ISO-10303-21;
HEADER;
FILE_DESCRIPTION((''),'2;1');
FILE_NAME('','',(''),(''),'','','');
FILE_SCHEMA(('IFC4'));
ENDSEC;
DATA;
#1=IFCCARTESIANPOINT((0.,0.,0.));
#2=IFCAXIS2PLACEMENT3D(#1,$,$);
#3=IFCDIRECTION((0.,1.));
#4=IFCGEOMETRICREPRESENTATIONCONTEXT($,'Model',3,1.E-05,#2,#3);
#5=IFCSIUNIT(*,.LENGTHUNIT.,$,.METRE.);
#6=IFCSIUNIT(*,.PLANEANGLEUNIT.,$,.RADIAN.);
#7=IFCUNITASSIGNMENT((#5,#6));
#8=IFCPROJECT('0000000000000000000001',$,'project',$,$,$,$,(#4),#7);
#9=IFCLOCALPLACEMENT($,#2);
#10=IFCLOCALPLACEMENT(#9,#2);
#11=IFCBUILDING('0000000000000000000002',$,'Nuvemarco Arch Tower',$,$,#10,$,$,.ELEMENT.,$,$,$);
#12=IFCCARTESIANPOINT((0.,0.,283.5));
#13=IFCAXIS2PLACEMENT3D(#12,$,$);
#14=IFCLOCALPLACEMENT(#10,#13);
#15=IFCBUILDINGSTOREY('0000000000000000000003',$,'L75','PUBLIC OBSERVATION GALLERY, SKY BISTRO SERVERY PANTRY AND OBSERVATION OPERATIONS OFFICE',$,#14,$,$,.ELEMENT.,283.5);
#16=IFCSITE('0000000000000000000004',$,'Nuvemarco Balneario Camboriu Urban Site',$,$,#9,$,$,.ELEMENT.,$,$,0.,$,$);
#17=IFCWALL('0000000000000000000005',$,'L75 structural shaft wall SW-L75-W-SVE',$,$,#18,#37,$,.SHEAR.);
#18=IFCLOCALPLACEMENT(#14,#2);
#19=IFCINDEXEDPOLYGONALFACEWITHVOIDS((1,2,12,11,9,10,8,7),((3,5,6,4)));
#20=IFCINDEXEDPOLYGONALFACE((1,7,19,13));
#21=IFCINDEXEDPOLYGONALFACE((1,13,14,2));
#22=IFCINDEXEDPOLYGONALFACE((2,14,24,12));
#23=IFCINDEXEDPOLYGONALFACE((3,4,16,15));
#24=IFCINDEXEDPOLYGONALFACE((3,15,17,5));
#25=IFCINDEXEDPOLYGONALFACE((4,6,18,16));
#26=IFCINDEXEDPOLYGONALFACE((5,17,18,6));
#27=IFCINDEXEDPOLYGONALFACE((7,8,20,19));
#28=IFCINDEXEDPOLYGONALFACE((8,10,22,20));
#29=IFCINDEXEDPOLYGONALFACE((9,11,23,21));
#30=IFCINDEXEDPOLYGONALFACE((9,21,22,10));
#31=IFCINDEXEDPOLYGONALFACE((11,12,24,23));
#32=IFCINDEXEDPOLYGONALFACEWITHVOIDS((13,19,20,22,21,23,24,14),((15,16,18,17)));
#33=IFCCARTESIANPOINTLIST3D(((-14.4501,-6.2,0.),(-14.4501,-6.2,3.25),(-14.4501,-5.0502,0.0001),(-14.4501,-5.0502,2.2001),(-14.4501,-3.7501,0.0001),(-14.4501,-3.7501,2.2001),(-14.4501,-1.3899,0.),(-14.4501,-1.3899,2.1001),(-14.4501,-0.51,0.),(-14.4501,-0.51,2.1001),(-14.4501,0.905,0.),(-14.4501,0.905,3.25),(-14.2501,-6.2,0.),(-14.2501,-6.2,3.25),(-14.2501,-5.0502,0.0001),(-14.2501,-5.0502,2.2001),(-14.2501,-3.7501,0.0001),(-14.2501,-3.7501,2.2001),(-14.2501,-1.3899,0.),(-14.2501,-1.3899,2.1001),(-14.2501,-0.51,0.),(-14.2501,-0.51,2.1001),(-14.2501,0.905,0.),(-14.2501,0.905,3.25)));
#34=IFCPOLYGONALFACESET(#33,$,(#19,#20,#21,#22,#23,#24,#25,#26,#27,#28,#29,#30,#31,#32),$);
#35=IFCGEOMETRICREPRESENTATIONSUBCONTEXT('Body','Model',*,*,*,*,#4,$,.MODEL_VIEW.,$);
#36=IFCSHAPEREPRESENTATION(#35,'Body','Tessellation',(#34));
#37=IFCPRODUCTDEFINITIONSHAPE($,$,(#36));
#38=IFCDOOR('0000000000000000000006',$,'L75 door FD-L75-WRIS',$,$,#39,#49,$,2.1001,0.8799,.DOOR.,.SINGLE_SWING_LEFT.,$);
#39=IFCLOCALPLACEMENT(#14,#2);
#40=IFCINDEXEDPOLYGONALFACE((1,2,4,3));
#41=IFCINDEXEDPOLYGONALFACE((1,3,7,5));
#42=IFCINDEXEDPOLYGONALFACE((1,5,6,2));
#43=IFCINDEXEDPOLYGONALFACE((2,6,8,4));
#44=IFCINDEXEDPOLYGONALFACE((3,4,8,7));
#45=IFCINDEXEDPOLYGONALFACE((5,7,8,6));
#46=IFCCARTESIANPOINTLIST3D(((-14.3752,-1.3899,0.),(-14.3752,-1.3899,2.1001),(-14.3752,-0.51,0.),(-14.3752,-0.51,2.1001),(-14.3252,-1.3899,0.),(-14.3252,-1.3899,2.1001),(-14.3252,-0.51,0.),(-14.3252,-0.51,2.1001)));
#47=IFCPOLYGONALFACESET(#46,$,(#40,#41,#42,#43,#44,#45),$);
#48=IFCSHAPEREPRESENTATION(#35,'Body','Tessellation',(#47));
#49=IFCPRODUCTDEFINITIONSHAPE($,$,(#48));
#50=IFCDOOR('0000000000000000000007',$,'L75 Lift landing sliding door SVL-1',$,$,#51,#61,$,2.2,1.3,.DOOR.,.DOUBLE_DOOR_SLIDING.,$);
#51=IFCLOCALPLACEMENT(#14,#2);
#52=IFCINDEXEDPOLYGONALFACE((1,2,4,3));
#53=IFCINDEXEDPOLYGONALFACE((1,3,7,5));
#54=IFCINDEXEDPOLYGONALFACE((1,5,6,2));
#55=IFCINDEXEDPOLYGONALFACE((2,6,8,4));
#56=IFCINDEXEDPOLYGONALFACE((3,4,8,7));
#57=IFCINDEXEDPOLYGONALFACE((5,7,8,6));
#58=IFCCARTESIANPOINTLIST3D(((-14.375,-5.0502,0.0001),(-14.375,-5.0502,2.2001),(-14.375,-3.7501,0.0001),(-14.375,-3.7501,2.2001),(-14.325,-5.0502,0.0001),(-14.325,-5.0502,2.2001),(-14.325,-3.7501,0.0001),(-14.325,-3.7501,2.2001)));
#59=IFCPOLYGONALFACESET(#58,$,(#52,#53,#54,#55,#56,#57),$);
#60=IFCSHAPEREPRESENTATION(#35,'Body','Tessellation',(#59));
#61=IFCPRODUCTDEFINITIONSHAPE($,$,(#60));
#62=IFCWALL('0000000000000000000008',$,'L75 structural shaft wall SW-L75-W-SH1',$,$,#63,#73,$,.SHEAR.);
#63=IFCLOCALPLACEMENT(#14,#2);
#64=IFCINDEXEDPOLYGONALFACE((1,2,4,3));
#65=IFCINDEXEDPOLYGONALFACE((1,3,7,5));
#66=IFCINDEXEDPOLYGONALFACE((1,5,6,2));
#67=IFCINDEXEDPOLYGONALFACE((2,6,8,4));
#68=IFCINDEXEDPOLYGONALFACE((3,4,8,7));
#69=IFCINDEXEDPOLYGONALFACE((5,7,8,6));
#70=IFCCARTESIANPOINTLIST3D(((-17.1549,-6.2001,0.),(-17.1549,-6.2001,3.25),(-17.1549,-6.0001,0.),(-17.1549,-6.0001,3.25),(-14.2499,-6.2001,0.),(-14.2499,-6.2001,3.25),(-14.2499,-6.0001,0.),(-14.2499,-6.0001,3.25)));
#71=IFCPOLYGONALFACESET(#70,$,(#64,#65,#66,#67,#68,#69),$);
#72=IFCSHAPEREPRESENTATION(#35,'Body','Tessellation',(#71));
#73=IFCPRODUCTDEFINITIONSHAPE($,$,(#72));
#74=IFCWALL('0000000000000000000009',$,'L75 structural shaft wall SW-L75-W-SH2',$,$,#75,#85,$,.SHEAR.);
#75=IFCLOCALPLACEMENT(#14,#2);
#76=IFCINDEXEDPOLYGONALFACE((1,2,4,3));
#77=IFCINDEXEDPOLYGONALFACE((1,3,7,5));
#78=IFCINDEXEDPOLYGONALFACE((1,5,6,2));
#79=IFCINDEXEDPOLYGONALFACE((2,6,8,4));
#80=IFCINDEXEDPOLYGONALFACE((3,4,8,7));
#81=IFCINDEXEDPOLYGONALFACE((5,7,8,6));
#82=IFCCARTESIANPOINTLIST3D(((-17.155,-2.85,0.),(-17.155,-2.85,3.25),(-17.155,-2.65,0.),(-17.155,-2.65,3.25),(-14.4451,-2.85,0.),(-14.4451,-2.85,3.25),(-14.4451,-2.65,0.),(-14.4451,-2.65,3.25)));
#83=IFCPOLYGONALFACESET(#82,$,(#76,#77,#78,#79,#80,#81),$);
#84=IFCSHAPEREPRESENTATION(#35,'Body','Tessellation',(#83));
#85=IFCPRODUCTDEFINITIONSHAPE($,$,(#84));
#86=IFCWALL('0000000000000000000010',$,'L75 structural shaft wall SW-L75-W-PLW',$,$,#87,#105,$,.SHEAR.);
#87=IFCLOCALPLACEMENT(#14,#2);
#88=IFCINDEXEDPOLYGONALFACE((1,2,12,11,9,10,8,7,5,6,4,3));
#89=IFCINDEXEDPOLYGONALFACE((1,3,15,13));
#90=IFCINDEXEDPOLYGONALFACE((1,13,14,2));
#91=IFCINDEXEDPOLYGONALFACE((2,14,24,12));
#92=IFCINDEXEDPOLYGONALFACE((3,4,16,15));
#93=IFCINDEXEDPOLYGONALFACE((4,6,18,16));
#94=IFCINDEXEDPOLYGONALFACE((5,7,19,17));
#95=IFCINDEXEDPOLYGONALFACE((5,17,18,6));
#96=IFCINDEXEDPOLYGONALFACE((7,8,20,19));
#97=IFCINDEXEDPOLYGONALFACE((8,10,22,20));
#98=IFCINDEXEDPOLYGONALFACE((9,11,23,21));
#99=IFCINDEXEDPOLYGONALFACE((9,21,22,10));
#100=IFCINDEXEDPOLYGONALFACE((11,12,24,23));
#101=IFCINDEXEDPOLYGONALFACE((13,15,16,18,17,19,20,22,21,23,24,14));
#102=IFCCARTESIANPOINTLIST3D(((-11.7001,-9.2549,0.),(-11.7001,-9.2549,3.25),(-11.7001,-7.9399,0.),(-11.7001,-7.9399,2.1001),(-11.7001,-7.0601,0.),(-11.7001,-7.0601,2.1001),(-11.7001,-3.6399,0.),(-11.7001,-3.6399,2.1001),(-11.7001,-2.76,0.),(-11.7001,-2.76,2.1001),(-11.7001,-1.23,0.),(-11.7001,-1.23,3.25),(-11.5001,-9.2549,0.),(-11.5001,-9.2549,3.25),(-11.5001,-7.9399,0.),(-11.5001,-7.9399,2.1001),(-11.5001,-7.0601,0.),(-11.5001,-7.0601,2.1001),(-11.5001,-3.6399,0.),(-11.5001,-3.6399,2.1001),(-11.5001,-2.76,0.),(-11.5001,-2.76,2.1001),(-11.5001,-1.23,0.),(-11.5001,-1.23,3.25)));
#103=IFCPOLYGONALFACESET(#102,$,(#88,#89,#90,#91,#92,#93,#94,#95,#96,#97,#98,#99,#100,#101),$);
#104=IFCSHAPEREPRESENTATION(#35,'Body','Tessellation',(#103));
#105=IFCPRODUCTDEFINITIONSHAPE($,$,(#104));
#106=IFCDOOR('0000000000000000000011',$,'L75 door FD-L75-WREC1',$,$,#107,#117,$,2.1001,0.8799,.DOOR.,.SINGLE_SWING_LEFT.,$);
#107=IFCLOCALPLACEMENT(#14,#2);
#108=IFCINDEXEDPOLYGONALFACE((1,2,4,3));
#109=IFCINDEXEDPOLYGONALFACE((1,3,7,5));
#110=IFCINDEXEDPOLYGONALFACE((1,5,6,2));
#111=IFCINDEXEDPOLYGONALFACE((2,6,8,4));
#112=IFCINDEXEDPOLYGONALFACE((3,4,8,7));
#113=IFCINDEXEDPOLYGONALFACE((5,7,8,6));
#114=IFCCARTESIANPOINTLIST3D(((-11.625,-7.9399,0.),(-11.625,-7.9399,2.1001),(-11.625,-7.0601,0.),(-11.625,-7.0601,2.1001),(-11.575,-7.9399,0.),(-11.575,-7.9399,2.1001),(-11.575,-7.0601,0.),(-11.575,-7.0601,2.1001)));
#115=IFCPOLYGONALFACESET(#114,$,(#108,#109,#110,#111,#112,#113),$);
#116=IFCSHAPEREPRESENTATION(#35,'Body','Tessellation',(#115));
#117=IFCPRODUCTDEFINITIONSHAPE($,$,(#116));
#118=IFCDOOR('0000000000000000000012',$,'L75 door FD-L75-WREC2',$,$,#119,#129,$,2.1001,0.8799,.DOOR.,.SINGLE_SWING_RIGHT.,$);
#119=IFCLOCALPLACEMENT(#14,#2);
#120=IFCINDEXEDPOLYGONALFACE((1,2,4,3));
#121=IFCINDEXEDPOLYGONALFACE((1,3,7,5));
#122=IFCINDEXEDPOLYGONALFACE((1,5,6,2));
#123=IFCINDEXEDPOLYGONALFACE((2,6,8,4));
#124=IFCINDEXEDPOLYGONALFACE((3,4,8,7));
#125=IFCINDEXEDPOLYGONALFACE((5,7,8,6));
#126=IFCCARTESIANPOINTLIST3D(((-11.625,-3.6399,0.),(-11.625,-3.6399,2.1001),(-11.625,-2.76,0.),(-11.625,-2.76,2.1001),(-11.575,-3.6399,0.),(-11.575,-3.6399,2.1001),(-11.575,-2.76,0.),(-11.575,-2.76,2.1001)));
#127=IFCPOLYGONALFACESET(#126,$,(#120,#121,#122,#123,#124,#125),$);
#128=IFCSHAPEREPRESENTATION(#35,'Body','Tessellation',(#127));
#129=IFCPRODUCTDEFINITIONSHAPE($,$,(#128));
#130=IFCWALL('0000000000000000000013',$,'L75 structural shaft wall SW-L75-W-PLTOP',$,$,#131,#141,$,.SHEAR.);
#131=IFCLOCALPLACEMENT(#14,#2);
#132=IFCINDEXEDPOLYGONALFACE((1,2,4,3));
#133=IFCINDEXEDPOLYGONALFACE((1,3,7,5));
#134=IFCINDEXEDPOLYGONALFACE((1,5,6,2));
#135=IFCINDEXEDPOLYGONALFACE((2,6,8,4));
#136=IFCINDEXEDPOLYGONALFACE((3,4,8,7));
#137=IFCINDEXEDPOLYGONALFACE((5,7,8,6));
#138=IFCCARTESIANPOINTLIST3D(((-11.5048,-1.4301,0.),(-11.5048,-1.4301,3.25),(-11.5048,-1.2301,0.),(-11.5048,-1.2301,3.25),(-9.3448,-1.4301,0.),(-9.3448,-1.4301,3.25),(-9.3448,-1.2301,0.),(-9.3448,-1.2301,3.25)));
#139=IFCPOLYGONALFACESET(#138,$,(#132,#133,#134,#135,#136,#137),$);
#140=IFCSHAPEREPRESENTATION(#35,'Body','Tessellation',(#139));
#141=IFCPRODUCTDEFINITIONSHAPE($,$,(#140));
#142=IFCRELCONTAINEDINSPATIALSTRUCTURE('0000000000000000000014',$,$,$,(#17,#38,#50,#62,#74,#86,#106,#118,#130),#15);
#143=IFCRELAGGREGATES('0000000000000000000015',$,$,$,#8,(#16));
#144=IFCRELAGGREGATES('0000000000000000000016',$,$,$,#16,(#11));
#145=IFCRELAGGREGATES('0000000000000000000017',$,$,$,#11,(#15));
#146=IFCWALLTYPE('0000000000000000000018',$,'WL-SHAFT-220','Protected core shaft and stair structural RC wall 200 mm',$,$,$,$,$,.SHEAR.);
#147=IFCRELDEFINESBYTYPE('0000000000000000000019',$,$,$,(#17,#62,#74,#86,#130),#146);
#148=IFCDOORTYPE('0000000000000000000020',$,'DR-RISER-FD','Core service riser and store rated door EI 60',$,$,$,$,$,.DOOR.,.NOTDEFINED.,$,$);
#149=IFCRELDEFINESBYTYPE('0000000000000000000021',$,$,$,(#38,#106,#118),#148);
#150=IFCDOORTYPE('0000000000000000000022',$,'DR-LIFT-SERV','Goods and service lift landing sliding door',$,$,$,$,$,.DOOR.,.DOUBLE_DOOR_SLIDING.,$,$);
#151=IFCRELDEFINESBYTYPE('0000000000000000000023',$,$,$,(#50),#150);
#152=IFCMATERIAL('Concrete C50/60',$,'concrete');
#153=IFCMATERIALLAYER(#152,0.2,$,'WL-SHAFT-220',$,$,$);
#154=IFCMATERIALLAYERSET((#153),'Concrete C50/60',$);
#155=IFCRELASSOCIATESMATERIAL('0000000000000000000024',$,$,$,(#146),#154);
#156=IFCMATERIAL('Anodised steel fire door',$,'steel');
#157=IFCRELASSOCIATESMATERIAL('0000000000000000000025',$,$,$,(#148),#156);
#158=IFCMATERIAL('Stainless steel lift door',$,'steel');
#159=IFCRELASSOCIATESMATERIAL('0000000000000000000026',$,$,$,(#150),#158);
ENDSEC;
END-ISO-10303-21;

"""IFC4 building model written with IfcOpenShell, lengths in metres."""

from ifc_helpers import new_model, si_unit, direction, frame, frame_2d, origin, place, context, subcontext, project, spatial, rectangle, extrude, source, transform, mapped, material, layer, layer_set, type_object, type_shapes, element, fill, save


model = new_model("IFC4")

# Units and contexts
model_context = context("Model", 3, precision=1e-05, world=origin(), true_north=direction((0.0, 1.0)))
body_context = subcontext(model_context, "Body", "Model", "MODEL_VIEW")
ifc_project = project(units=[si_unit("LENGTHUNIT", "METRE"), si_unit("PLANEANGLEUNIT", "RADIAN")], contexts=[model_context])

# Site, building, storey
site_placement = place(None, origin())
site = spatial("IfcSite", under=ifc_project, at=site_placement, Name="Nuvemarco Balneario Camboriu Urban Site", CompositionType="ELEMENT", RefElevation=0.0)
building_placement = place(site_placement, origin())
building = spatial("IfcBuilding", under=site, at=building_placement, Name="Nuvemarco Arch Tower", CompositionType="ELEMENT")
storey_placement = place(building_placement, frame((0.0, 0.0, 283.5)))
storey = spatial("IfcBuildingStorey", under=building, at=storey_placement, Name="L75", Description="PUBLIC OBSERVATION GALLERY, SKY BISTRO SERVERY PANTRY AND OBSERVATION OPERATIONS OFFICE", CompositionType="ELEMENT", Elevation=283.5)

# Shared definitions
ifc_material_1 = material(Name="Concrete C50/60", Category="concrete")

# Shared definitions
ifc_material_2 = material(Name="Anodised steel fire door", Category="steel")

# Shared definitions
ifc_layer_1 = layer(ifc_material_1, 0.2, Name="WL-SHAFT-220")
ifc_layer_set_1 = layer_set([ifc_layer_1], Name="Concrete C50/60")
wall_type_1 = type_object("IfcWallType", Name="WL-SHAFT-220", Description="Protected core shaft and stair structural RC wall 200 mm", PredefinedType="SHEAR", material=ifc_layer_set_1)
ifc_material_3 = material(Name="Stainless steel lift door", Category="steel")

# Wall, openings, doors
wall_1_placement = place(storey_placement, frame((-14.3501, -6.2, 0.0), z_axis=(0.0, 0.0, 1.0), x_axis=(0.0, 1.0, 0.0)))
wall_1 = element("IfcWall", 1, at=wall_1_placement, inside=storey, type_object=wall_type_1, Name="L75 structural shaft wall SW-L75-W-SVE", PredefinedType="SHEAR", context=body_context, shape_type="SweptSolid", body=[
    extrude(rectangle(XDim=7.105, YDim=0.2, at=frame_2d((3.5525, 0.0))), origin(), (0.0, 0.0, 1.0), 3.25),
])
opening_1_placement = place(wall_1_placement, frame((5.6899, 0.0, 0.0), z_axis=(0.0, 0.0, 1.0), x_axis=(-1.0, 0.0, 0.0)))
opening_1 = element("IfcOpeningElement", 2, at=opening_1_placement, cuts=wall_1, PredefinedType="OPENING", context=body_context, shape_type="SweptSolid", body=[
    extrude(rectangle(XDim=0.8799, YDim=2.1001, at=frame_2d((0.4399, 1.05))), frame((0.0, 0.1099, 0.0), z_axis=(0.0, -1.0, 0.0), x_axis=(1.0, 0.0, 0.0)), (0.0, 0.0, 1.0), 0.22),
])
opening_2_placement = place(wall_1_placement, frame((1.1499, 0.0, 0.0)))
opening_2 = element("IfcOpeningElement", 3, at=opening_2_placement, cuts=wall_1, PredefinedType="OPENING", context=body_context, shape_type="SweptSolid", body=[
    extrude(rectangle(XDim=1.3, YDim=2.2, at=frame_2d((0.6499, 1.1001))), frame((0.0, 0.1099, 0.0), z_axis=(0.0, -1.0, 0.0), x_axis=(1.0, 0.0, 0.0)), (0.0, 0.0, 1.0), 0.22),
])
door_type_1 = type_object("IfcDoorType", Name="DR-RISER-FD", Description="Core service riser and store rated door EI 60", OperationType="NOTDEFINED", PredefinedType="DOOR", material=ifc_material_2)
shared_shape_1 = source(origin(), body_context, "Body", "SweptSolid", [
    extrude(rectangle(XDim=0.8799, YDim=2.1001, at=frame_2d((0.4399, 1.05))), frame((0.0, 0.0249, 0.0), z_axis=(0.0, -1.0, 0.0), x_axis=(1.0, 0.0, 0.0)), (0.0, 0.0, 1.0), 0.05),
])
type_shapes(door_type_1, [shared_shape_1])
door_1_placement = place(opening_1_placement, origin())
door_1 = element("IfcDoor", 4, at=door_1_placement, inside=storey, type_object=door_type_1, Name="L75 door FD-L75-WRIS", OperationType="SINGLE_SWING_LEFT", OverallHeight=2.1001, OverallWidth=0.8799, PredefinedType="DOOR", context=body_context, shape_type="MappedRepresentation", body=[
    mapped(shared_shape_1, transform((0.0, 0.0, 0.0), scale=1.0)),
])
fill(opening_1, door_1)
door_type_2 = type_object("IfcDoorType", Name="DR-LIFT-SERV", Description="Goods and service lift landing sliding door", OperationType="DOUBLE_DOOR_SLIDING", PredefinedType="DOOR", material=ifc_material_3)
shared_shape_2 = source(origin(), body_context, "Body", "SweptSolid", [
    extrude(rectangle(XDim=1.3, YDim=2.2, at=frame_2d((0.6499, 1.1001))), frame((0.0, 0.0249, 0.0), z_axis=(0.0, -1.0, 0.0), x_axis=(1.0, 0.0, 0.0)), (0.0, 0.0, 1.0), 0.05),
])
type_shapes(door_type_2, [shared_shape_2])
door_2_placement = place(opening_2_placement, origin())
door_2 = element("IfcDoor", 5, at=door_2_placement, inside=storey, type_object=door_type_2, Name="L75 Lift landing sliding door SVL-1", OperationType="DOUBLE_DOOR_SLIDING", OverallHeight=2.2, OverallWidth=1.3, PredefinedType="DOOR", context=body_context, shape_type="MappedRepresentation", body=[
    mapped(shared_shape_2, transform((0.0, 0.0, 0.0), scale=1.0)),
])
fill(opening_2, door_2)

# Walls
wall_2_placement = place(storey_placement, frame((-17.155, -6.1001, 0.0), z_axis=(0.0, 0.0, 1.0), x_axis=(1.0, 0.0, 0.0)))
element("IfcWall", 6, at=wall_2_placement, inside=storey, type_object=wall_type_1, Name="L75 structural shaft wall SW-L75-W-SH1", PredefinedType="SHEAR", context=body_context, shape_type="SweptSolid", body=[
    extrude(rectangle(XDim=2.905, YDim=0.2, at=frame_2d((1.4526, 0.0))), origin(), (0.0, 0.0, 1.0), 3.25),
])
wall_3_placement = place(storey_placement, frame((-17.155, -2.75, 0.0), z_axis=(0.0, 0.0, 1.0), x_axis=(1.0, 0.0, 0.0)))
element("IfcWall", 7, at=wall_3_placement, inside=storey, type_object=wall_type_1, Name="L75 structural shaft wall SW-L75-W-SH2", PredefinedType="SHEAR", context=body_context, shape_type="SweptSolid", body=[
    extrude(rectangle(XDim=2.71, YDim=0.2, at=frame_2d((1.355, 0.0))), origin(), (0.0, 0.0, 1.0), 3.25),
])

# Wall, openings, doors
wall_4_placement = place(storey_placement, frame((-11.6001, -9.2549, 0.0), z_axis=(0.0, 0.0, 1.0), x_axis=(0.0, 1.0, 0.0)))
wall_4 = element("IfcWall", 8, at=wall_4_placement, inside=storey, type_object=wall_type_1, Name="L75 structural shaft wall SW-L75-W-PLW", PredefinedType="SHEAR", context=body_context, shape_type="SweptSolid", body=[
    extrude(rectangle(XDim=8.0249, YDim=0.2, at=frame_2d((4.0125, 0.0))), origin(), (0.0, 0.0, 1.0), 3.25),
])
opening_3_placement = place(wall_4_placement, frame((1.3149, 0.0, 0.0)))
opening_3 = element("IfcOpeningElement", 9, at=opening_3_placement, cuts=wall_4, PredefinedType="OPENING", context=body_context, shape_type="SweptSolid", body=[
    extrude(rectangle(XDim=0.8799, YDim=2.1001, at=frame_2d((0.4399, 1.05))), frame((0.0, 0.1099, 0.0), z_axis=(0.0, -1.0, 0.0), x_axis=(1.0, 0.0, 0.0)), (0.0, 0.0, 1.0), 0.22),
])
opening_4_placement = place(wall_4_placement, frame((5.615, 0.0, 0.0)))
opening_4 = element("IfcOpeningElement", 10, at=opening_4_placement, cuts=wall_4, PredefinedType="OPENING", context=body_context, shape_type="SweptSolid", body=[
    extrude(rectangle(XDim=0.8799, YDim=2.1001, at=frame_2d((0.4399, 1.05))), frame((0.0, 0.1099, 0.0), z_axis=(0.0, -1.0, 0.0), x_axis=(1.0, 0.0, 0.0)), (0.0, 0.0, 1.0), 0.22),
])
door_3_placement = place(opening_3_placement, origin())
door_3 = element("IfcDoor", 11, at=door_3_placement, inside=storey, type_object=door_type_1, Name="L75 door FD-L75-WREC1", OperationType="SINGLE_SWING_LEFT", OverallHeight=2.1001, OverallWidth=0.8799, PredefinedType="DOOR", context=body_context, shape_type="MappedRepresentation", body=[
    mapped(shared_shape_1, transform((0.0, 0.0, 0.0), scale=1.0)),
])
fill(opening_3, door_3)
door_4_placement = place(opening_4_placement, origin())
door_4 = element("IfcDoor", 12, at=door_4_placement, inside=storey, type_object=door_type_1, Name="L75 door FD-L75-WREC2", OperationType="SINGLE_SWING_RIGHT", OverallHeight=2.1001, OverallWidth=0.8799, PredefinedType="DOOR", context=body_context, shape_type="MappedRepresentation", body=[
    mapped(shared_shape_1, transform((0.0, 0.0, 0.0), scale=1.0)),
])
fill(opening_4, door_4)

# Wall
wall_5_placement = place(storey_placement, frame((-11.5049, -1.3301, 0.0), z_axis=(0.0, 0.0, 1.0), x_axis=(1.0, 0.0, 0.0)))
element("IfcWall", 13, at=wall_5_placement, inside=storey, type_object=wall_type_1, Name="L75 structural shaft wall SW-L75-W-PLTOP", PredefinedType="SHEAR", context=body_context, shape_type="SweptSolid", body=[
    extrude(rectangle(XDim=2.1599, YDim=0.2, at=frame_2d((1.0801, 0.0))), origin(), (0.0, 0.0, 1.0), 3.25),
])

save(model, "model.ifc")
